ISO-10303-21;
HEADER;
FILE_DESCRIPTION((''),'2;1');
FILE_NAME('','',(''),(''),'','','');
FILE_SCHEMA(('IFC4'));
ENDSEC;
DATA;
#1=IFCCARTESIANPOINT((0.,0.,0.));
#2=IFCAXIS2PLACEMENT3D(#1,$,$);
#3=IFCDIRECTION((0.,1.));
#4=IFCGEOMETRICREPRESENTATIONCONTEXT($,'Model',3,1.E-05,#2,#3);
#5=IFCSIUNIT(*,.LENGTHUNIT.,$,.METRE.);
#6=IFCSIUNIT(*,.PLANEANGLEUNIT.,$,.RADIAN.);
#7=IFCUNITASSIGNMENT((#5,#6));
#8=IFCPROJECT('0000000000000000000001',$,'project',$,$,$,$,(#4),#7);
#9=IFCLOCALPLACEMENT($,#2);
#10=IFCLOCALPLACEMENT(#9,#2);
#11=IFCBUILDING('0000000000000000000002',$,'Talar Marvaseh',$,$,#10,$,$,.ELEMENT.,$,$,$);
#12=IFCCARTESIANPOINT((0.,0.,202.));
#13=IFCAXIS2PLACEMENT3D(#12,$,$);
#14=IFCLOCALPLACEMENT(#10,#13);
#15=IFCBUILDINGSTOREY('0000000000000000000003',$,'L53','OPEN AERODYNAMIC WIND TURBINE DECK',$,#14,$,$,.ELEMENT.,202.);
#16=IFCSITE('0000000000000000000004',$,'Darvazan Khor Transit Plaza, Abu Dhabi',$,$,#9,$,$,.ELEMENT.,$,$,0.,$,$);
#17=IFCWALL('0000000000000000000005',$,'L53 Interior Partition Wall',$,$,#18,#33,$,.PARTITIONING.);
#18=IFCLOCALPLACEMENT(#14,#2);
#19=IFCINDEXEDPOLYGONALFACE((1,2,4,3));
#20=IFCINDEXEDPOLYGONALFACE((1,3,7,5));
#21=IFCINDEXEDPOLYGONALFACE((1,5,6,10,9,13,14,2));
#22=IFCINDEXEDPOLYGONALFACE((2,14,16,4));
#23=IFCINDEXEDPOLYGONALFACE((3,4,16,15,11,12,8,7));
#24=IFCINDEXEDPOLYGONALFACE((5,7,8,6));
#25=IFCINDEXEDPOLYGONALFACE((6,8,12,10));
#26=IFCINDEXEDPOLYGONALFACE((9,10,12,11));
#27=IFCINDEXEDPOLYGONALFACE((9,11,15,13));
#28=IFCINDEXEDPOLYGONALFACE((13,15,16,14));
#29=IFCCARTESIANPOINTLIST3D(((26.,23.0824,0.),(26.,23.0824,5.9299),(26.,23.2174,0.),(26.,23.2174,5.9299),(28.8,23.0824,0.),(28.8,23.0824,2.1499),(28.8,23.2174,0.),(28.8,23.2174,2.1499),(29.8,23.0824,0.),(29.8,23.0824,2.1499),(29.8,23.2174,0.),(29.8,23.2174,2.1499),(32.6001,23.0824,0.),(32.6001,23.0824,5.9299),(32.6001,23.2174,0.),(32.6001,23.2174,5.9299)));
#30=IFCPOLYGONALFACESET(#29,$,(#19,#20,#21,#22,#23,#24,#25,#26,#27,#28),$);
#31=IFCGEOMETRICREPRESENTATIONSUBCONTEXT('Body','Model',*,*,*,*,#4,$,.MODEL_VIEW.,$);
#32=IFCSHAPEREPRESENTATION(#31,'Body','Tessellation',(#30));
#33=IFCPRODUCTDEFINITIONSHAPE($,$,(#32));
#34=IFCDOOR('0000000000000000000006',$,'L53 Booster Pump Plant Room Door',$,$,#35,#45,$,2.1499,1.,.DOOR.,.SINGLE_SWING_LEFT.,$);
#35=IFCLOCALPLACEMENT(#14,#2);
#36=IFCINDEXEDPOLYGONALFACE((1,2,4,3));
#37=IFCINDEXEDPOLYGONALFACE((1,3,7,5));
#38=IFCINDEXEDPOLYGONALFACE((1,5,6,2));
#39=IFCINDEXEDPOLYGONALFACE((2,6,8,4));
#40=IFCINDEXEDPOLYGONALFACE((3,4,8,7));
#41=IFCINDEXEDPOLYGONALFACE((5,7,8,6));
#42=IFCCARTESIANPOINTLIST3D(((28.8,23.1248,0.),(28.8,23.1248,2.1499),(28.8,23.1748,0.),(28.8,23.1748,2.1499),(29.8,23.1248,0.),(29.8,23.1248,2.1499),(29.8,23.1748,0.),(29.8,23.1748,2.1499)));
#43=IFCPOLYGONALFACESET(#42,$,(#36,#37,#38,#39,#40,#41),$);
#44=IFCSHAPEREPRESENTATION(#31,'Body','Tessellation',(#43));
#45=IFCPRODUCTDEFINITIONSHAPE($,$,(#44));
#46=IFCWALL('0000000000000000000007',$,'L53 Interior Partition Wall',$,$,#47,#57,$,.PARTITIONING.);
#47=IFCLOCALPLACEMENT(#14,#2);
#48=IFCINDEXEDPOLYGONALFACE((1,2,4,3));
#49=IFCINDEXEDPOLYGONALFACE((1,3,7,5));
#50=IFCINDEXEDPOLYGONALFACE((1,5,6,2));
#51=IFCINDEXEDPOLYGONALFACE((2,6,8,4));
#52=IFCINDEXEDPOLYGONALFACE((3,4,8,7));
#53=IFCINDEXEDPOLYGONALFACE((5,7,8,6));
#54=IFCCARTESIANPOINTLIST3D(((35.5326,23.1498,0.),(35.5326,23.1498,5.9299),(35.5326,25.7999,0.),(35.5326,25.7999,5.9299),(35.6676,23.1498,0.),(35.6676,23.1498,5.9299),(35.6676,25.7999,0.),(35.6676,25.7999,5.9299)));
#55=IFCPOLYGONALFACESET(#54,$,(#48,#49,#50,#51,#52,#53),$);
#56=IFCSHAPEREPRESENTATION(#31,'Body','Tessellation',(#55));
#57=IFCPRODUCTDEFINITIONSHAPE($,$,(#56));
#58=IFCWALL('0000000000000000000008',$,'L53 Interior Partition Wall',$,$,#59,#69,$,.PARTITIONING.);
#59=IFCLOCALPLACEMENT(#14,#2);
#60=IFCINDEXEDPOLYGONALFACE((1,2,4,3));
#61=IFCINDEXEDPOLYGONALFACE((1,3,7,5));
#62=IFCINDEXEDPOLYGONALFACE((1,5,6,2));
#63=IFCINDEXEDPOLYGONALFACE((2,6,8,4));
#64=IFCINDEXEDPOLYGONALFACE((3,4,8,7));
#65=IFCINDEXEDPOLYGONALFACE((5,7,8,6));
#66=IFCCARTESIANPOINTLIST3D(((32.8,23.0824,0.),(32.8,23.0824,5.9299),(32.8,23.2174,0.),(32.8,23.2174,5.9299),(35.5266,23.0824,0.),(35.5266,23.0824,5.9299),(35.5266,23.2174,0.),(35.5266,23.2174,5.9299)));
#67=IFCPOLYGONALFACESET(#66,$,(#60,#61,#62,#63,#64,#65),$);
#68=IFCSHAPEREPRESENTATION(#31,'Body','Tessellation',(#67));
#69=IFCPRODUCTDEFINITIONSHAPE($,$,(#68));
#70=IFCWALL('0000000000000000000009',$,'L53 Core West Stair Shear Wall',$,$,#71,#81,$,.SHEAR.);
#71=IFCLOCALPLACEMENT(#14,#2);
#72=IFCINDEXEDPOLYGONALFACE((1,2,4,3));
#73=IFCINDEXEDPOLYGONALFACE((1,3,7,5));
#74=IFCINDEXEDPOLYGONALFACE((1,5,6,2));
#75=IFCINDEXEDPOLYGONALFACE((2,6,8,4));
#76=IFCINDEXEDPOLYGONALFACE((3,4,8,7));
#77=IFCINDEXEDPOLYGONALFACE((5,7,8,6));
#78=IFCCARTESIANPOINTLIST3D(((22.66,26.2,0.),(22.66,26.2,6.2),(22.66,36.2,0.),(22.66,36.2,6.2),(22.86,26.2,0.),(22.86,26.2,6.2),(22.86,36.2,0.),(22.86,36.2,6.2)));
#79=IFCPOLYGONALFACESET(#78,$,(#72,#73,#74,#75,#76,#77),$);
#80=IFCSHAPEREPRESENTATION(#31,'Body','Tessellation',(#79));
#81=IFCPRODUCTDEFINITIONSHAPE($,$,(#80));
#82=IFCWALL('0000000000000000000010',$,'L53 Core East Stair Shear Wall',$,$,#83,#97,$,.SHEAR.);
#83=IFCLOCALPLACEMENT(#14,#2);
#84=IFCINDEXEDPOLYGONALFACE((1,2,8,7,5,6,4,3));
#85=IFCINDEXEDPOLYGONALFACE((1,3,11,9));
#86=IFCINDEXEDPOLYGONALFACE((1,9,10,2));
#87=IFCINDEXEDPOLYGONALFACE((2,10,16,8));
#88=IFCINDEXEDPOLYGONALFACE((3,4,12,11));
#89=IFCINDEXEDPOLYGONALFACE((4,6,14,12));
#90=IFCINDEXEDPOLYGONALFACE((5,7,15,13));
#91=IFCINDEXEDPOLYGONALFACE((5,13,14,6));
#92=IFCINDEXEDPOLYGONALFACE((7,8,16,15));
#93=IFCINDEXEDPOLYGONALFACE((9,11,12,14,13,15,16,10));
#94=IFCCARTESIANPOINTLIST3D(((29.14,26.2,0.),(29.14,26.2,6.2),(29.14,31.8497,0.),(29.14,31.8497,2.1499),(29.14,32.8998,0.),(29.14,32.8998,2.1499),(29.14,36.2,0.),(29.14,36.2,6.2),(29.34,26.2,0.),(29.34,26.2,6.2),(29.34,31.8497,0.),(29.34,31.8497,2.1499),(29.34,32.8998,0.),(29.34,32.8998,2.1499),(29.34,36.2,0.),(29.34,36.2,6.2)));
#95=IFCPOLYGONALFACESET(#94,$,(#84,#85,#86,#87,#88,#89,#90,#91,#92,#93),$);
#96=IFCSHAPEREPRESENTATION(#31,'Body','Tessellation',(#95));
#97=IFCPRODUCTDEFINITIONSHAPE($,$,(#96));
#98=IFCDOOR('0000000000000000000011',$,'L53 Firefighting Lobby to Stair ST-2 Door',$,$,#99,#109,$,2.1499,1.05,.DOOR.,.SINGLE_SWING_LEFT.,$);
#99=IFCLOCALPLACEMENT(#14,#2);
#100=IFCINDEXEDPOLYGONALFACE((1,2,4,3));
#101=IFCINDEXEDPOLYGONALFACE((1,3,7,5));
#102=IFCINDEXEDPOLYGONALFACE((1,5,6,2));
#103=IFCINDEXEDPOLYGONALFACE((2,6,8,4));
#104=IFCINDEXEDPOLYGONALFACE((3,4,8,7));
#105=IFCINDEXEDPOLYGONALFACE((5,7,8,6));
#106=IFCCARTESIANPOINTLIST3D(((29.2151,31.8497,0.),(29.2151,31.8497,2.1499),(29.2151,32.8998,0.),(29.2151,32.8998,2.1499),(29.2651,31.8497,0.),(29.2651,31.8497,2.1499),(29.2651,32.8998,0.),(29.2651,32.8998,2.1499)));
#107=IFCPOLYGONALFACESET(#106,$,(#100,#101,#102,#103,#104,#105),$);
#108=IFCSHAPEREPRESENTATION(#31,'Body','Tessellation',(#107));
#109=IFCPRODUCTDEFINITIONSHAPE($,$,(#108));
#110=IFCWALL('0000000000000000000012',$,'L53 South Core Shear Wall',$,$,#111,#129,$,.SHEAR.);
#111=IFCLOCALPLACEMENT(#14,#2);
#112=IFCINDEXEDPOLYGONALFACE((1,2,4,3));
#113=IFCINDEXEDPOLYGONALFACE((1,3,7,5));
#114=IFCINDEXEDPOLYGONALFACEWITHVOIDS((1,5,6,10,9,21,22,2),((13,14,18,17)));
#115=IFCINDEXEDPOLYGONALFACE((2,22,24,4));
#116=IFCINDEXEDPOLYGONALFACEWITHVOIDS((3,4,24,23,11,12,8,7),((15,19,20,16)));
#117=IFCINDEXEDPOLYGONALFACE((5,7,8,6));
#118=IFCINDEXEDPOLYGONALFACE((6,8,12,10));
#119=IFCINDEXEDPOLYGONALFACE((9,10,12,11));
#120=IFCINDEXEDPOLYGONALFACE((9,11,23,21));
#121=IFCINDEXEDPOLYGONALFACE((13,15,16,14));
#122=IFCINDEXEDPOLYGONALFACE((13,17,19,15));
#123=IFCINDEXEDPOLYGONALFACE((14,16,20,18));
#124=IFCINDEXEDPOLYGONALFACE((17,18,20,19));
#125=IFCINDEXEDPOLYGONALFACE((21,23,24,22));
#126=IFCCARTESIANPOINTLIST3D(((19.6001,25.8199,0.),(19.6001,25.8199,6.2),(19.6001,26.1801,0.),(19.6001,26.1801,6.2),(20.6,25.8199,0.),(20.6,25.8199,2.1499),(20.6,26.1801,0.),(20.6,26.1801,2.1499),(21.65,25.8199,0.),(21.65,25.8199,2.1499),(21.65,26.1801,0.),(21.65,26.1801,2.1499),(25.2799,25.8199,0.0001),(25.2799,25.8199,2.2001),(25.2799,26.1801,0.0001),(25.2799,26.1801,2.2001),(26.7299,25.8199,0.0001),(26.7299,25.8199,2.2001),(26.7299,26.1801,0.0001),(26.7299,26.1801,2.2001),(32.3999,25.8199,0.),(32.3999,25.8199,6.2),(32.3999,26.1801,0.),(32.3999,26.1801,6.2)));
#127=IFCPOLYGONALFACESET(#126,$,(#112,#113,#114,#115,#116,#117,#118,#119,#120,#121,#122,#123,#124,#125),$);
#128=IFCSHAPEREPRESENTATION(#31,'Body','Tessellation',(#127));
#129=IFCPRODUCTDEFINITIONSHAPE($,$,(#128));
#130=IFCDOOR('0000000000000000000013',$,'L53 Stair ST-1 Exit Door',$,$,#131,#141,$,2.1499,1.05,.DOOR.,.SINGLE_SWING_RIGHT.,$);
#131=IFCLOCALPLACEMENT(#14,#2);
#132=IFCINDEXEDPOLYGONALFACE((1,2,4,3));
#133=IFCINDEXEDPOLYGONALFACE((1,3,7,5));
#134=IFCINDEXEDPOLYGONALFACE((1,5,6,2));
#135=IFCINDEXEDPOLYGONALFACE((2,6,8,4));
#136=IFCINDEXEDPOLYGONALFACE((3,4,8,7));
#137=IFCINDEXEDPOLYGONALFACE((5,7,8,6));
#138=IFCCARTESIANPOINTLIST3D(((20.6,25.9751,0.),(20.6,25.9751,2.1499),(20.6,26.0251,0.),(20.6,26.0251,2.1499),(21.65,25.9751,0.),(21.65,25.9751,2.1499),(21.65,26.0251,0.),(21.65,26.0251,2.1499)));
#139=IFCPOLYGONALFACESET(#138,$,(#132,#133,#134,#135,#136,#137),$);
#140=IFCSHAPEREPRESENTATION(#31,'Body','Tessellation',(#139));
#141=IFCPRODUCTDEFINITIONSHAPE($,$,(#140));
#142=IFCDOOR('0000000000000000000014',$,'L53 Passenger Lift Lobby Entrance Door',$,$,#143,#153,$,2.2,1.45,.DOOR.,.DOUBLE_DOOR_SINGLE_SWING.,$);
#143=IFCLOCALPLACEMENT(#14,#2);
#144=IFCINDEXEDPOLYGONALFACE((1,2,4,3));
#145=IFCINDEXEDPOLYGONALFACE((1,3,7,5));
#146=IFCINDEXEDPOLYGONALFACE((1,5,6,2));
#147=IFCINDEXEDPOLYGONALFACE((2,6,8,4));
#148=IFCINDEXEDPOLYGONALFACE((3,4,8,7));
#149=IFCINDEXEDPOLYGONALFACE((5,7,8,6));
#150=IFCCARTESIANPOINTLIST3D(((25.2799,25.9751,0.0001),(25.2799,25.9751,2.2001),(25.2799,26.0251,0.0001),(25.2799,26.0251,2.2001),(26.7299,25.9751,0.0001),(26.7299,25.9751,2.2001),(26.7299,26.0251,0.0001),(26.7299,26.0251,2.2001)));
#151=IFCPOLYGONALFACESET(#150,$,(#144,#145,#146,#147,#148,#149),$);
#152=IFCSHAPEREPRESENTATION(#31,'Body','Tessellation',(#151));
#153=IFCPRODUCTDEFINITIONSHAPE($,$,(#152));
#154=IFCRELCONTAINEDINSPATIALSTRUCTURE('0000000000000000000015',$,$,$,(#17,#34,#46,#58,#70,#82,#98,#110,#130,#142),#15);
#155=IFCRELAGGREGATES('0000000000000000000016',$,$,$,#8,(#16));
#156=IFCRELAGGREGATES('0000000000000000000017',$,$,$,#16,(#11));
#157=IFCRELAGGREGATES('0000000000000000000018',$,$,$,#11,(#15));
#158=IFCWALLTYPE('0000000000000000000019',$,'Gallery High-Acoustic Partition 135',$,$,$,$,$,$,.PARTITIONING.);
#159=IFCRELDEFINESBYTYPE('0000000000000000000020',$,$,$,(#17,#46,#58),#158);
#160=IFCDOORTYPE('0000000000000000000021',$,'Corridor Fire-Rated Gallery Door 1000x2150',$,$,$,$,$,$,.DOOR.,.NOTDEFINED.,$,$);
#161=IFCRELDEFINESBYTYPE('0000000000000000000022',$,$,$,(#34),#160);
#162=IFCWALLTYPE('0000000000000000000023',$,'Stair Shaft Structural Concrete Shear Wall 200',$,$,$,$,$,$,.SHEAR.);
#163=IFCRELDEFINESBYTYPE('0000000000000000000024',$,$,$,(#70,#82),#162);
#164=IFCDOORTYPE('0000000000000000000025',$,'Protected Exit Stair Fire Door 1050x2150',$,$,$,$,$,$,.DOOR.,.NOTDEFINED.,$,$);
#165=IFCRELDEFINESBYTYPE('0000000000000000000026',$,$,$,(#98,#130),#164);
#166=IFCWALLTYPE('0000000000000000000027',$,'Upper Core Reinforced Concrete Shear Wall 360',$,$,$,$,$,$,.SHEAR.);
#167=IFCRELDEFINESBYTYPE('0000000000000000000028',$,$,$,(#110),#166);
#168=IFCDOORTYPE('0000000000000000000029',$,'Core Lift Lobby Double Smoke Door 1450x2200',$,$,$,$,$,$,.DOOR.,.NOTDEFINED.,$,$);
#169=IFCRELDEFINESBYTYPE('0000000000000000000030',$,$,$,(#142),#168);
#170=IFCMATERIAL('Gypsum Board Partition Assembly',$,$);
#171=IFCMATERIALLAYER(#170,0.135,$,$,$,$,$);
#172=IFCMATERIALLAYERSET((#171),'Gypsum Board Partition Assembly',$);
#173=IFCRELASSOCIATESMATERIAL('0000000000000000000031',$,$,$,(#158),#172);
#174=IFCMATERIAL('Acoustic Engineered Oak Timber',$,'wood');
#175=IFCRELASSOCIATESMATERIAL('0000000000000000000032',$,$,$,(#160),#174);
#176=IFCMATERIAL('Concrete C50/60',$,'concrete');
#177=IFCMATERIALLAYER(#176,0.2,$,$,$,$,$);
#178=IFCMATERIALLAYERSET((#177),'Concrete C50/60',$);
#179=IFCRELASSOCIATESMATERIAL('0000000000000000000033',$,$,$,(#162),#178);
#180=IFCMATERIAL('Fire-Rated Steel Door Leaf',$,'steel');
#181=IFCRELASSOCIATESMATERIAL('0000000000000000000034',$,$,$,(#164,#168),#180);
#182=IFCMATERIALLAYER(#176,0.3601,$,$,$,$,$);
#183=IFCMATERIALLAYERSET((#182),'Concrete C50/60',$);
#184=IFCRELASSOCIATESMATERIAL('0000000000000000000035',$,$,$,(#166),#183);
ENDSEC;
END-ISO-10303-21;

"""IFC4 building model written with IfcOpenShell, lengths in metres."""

from ifc_helpers import new_model, si_unit, direction, frame, frame_2d, origin, place, context, subcontext, project, spatial, rectangle, extrude, source, transform, mapped, material, layer, layer_set, type_object, type_shapes, element, fill, save


model = new_model("IFC4")

# Units and contexts
model_context = context("Model", 3, precision=1e-05, world=origin(), true_north=direction((0.0, 1.0)))
body_context = subcontext(model_context, "Body", "Model", "MODEL_VIEW")
ifc_project = project(units=[si_unit("LENGTHUNIT", "METRE"), si_unit("PLANEANGLEUNIT", "RADIAN")], contexts=[model_context])

# Site, building, storey
site_placement = place(None, origin())
site = spatial("IfcSite", under=ifc_project, at=site_placement, Name="Darvazan Khor Transit Plaza, Abu Dhabi", CompositionType="ELEMENT", RefElevation=0.0)
building_placement = place(site_placement, origin())
building = spatial("IfcBuilding", under=site, at=building_placement, Name="Talar Marvaseh", CompositionType="ELEMENT")
storey_placement = place(building_placement, frame((0.0, 0.0, 202.0)))
storey = spatial("IfcBuildingStorey", under=building, at=storey_placement, Name="L53", Description="OPEN AERODYNAMIC WIND TURBINE DECK", CompositionType="ELEMENT", Elevation=202.0)

# Wall, opening, door
ifc_material_1 = material(Name="Gypsum Board Partition Assembly")
ifc_layer_1 = layer(ifc_material_1, 0.135)
ifc_layer_set_1 = layer_set([ifc_layer_1], Name="Gypsum Board Partition Assembly")
wall_type_1 = type_object("IfcWallType", Name="Gallery High-Acoustic Partition 135", PredefinedType="PARTITIONING", material=ifc_layer_set_1)
wall_1_placement = place(storey_placement, frame((26.0, 23.1499, 0.0), z_axis=(0.0, 0.0, 1.0), x_axis=(1.0, 0.0, 0.0)))
wall_1 = element("IfcWall", 1, at=wall_1_placement, inside=storey, type_object=wall_type_1, Name="L53 Interior Partition Wall", PredefinedType="PARTITIONING", context=body_context, shape_type="SweptSolid", body=[
    extrude(rectangle(XDim=6.6001, YDim=0.135, at=frame_2d((3.3, 0.0))), origin(), (0.0, 0.0, 1.0), 5.9299),
])
opening_1_placement = place(wall_1_placement, frame((2.8, 0.0, 0.0)))
opening_1 = element("IfcOpeningElement", 2, at=opening_1_placement, cuts=wall_1, PredefinedType="OPENING", context=body_context, shape_type="SweptSolid", body=[
    extrude(rectangle(XDim=1.0, YDim=2.1499, at=frame_2d((0.5, 1.075))), frame((0.0, 0.0776, 0.0), z_axis=(0.0, -1.0, 0.0), x_axis=(1.0, 0.0, 0.0)), (0.0, 0.0, 1.0), 0.155),
])
ifc_material_2 = material(Name="Acoustic Engineered Oak Timber", Category="wood")
door_type_1 = type_object("IfcDoorType", Name="Corridor Fire-Rated Gallery Door 1000x2150", OperationType="NOTDEFINED", PredefinedType="DOOR", material=ifc_material_2)
shared_shape_1 = source(origin(), body_context, "Body", "SweptSolid", [
    extrude(rectangle(XDim=1.0, YDim=2.1499, at=frame_2d((0.5, 1.075))), frame((0.0, 0.0249, 0.0), z_axis=(0.0, -1.0, 0.0), x_axis=(1.0, 0.0, 0.0)), (0.0, 0.0, 1.0), 0.05),
])
type_shapes(door_type_1, [shared_shape_1])
door_1_placement = place(opening_1_placement, origin())
door_1 = element("IfcDoor", 3, at=door_1_placement, inside=storey, type_object=door_type_1, Name="L53 Booster Pump Plant Room Door", OperationType="SINGLE_SWING_LEFT", OverallHeight=2.1499, OverallWidth=1.0, PredefinedType="DOOR", context=body_context, shape_type="MappedRepresentation", body=[
    mapped(shared_shape_1, transform((0.0, 0.0, 0.0), x_axis=(1.0, 0.0, 0.0), y_axis=(0.0, 1.0, 0.0), z_axis=(0.0, 0.0, 1.0), scale=1.0)),
])
fill(opening_1, door_1)

# Walls
wall_2_placement = place(storey_placement, frame((35.6001, 25.8, 0.0), z_axis=(0.0, 0.0, 1.0), x_axis=(0.0, -1.0, 0.0)))
element("IfcWall", 4, at=wall_2_placement, inside=storey, type_object=wall_type_1, Name="L53 Interior Partition Wall", PredefinedType="PARTITIONING", context=body_context, shape_type="SweptSolid", body=[
    extrude(rectangle(XDim=2.6501, YDim=0.135, at=frame_2d((1.3252, 0.0))), origin(), (0.0, 0.0, 1.0), 5.9299),
])
wall_3_placement = place(storey_placement, frame((35.5266, 23.1499, 0.0), z_axis=(0.0, 0.0, 1.0), x_axis=(-1.0, 0.0, 0.0)))
element("IfcWall", 5, at=wall_3_placement, inside=storey, type_object=wall_type_1, Name="L53 Interior Partition Wall", PredefinedType="PARTITIONING", context=body_context, shape_type="SweptSolid", body=[
    extrude(rectangle(XDim=2.7266, YDim=0.135, at=frame_2d((1.3633, 0.0))), origin(), (0.0, 0.0, 1.0), 5.9299),
])
ifc_material_3 = material(Name="Concrete C50/60", Category="concrete")
ifc_layer_2 = layer(ifc_material_3, 0.2)
ifc_layer_set_2 = layer_set([ifc_layer_2], Name="Concrete C50/60")
wall_type_2 = type_object("IfcWallType", Name="Stair Shaft Structural Concrete Shear Wall 200", PredefinedType="SHEAR", material=ifc_layer_set_2)
wall_4_placement = place(storey_placement, frame((22.76, 26.2, 0.0), z_axis=(0.0, 0.0, 1.0), x_axis=(0.0, 1.0, 0.0)))
element("IfcWall", 6, at=wall_4_placement, inside=storey, type_object=wall_type_2, Name="L53 Core West Stair Shear Wall", PredefinedType="SHEAR", context=body_context, shape_type="SweptSolid", body=[
    extrude(rectangle(XDim=10.0, YDim=0.2, at=frame_2d((5.0, 0.0))), origin(), (0.0, 0.0, 1.0), 6.2),
])

# Wall, opening, door
wall_5_placement = place(storey_placement, frame((29.24, 26.2, 0.0), z_axis=(0.0, 0.0, 1.0), x_axis=(0.0, 1.0, 0.0)))
wall_5 = element("IfcWall", 7, at=wall_5_placement, inside=storey, type_object=wall_type_2, Name="L53 Core East Stair Shear Wall", PredefinedType="SHEAR", context=body_context, shape_type="SweptSolid", body=[
    extrude(rectangle(XDim=10.0, YDim=0.2, at=frame_2d((5.0, 0.0))), origin(), (0.0, 0.0, 1.0), 6.2),
])
opening_2_placement = place(wall_5_placement, frame((5.6499, 0.0, 0.0)))
opening_2 = element("IfcOpeningElement", 8, at=opening_2_placement, cuts=wall_5, PredefinedType="OPENING", context=body_context, shape_type="SweptSolid", body=[
    extrude(rectangle(XDim=1.05, YDim=2.1499, at=frame_2d((0.5249, 1.075))), frame((0.0, 0.1099, 0.0), z_axis=(0.0, -1.0, 0.0), x_axis=(1.0, 0.0, 0.0)), (0.0, 0.0, 1.0), 0.22),
])
ifc_material_4 = material(Name="Fire-Rated Steel Door Leaf", Category="steel")
door_type_2 = type_object("IfcDoorType", Name="Protected Exit Stair Fire Door 1050x2150", OperationType="NOTDEFINED", PredefinedType="DOOR", material=ifc_material_4)
shared_shape_2 = source(origin(), body_context, "Body", "SweptSolid", [
    extrude(rectangle(XDim=1.05, YDim=2.1499, at=frame_2d((0.5249, 1.075))), frame((0.0, 0.0249, 0.0), z_axis=(0.0, -1.0, 0.0), x_axis=(1.0, 0.0, 0.0)), (0.0, 0.0, 1.0), 0.05),
])
type_shapes(door_type_2, [shared_shape_2])
door_2_placement = place(opening_2_placement, origin())
door_2 = element("IfcDoor", 9, at=door_2_placement, inside=storey, type_object=door_type_2, Name="L53 Firefighting Lobby to Stair ST-2 Door", OperationType="SINGLE_SWING_LEFT", OverallHeight=2.1499, OverallWidth=1.05, PredefinedType="DOOR", context=body_context, shape_type="MappedRepresentation", body=[
    mapped(shared_shape_2, transform((0.0, 0.0, 0.0), x_axis=(1.0, 0.0, 0.0), y_axis=(0.0, 1.0, 0.0), z_axis=(0.0, 0.0, 1.0), scale=1.0)),
])
fill(opening_2, door_2)

# Wall, openings, doors
ifc_layer_3 = layer(ifc_material_3, 0.3601)
ifc_layer_set_3 = layer_set([ifc_layer_3], Name="Concrete C50/60")
wall_type_3 = type_object("IfcWallType", Name="Upper Core Reinforced Concrete Shear Wall 360", PredefinedType="SHEAR", material=ifc_layer_set_3)
wall_6_placement = place(storey_placement, frame((32.3999, 26.0, 0.0), z_axis=(0.0, 0.0, 1.0), x_axis=(-1.0, 0.0, 0.0)))
wall_6 = element("IfcWall", 10, at=wall_6_placement, inside=storey, type_object=wall_type_3, Name="L53 South Core Shear Wall", PredefinedType="SHEAR", context=body_context, shape_type="SweptSolid", body=[
    extrude(rectangle(XDim=12.7998, YDim=0.3601, at=frame_2d((6.3999, 0.0))), origin(), (0.0, 0.0, 1.0), 6.2),
])
opening_3_placement = place(wall_6_placement, frame((10.75, 0.0, 0.0)))
opening_3 = element("IfcOpeningElement", 11, at=opening_3_placement, cuts=wall_6, PredefinedType="OPENING", context=body_context, shape_type="SweptSolid", body=[
    extrude(rectangle(XDim=1.05, YDim=2.1499, at=frame_2d((0.5249, 1.075))), frame((0.0, 0.1899, 0.0), z_axis=(0.0, -1.0, 0.0), x_axis=(1.0, 0.0, 0.0)), (0.0, 0.0, 1.0), 0.3801),
])
opening_4_placement = place(wall_6_placement, frame((5.6699, 0.0, 0.0)))
opening_4 = element("IfcOpeningElement", 12, at=opening_4_placement, cuts=wall_6, PredefinedType="OPENING", context=body_context, shape_type="SweptSolid", body=[
    extrude(rectangle(XDim=1.45, YDim=2.2, at=frame_2d((0.7251, 1.1001))), frame((0.0, 0.1899, 0.0), z_axis=(0.0, -1.0, 0.0), x_axis=(1.0, 0.0, 0.0)), (0.0, 0.0, 1.0), 0.3801),
])
door_3_placement = place(opening_3_placement, origin())
door_3 = element("IfcDoor", 13, at=door_3_placement, inside=storey, type_object=door_type_2, Name="L53 Stair ST-1 Exit Door", OperationType="SINGLE_SWING_RIGHT", OverallHeight=2.1499, OverallWidth=1.05, PredefinedType="DOOR", context=body_context, shape_type="MappedRepresentation", body=[
    mapped(shared_shape_2, transform((0.0, 0.0, 0.0), x_axis=(1.0, 0.0, 0.0), y_axis=(0.0, 1.0, 0.0), z_axis=(0.0, 0.0, 1.0), scale=1.0)),
])
fill(opening_3, door_3)
door_type_3 = type_object("IfcDoorType", Name="Core Lift Lobby Double Smoke Door 1450x2200", OperationType="NOTDEFINED", PredefinedType="DOOR", material=ifc_material_4)
shared_shape_3 = source(origin(), body_context, "Body", "SweptSolid", [
    extrude(rectangle(XDim=1.45, YDim=2.2, at=frame_2d((0.7251, 1.1001))), frame((0.0, 0.0249, 0.0), z_axis=(0.0, -1.0, 0.0), x_axis=(1.0, 0.0, 0.0)), (0.0, 0.0, 1.0), 0.05),
])
type_shapes(door_type_3, [shared_shape_3])
door_4_placement = place(opening_4_placement, origin())
door_4 = element("IfcDoor", 14, at=door_4_placement, inside=storey, type_object=door_type_3, Name="L53 Passenger Lift Lobby Entrance Door", OperationType="DOUBLE_DOOR_SINGLE_SWING", OverallHeight=2.2, OverallWidth=1.45, PredefinedType="DOOR", context=body_context, shape_type="MappedRepresentation", body=[
    mapped(shared_shape_3, transform((0.0, 0.0, 0.0), x_axis=(1.0, 0.0, 0.0), y_axis=(0.0, 1.0, 0.0), z_axis=(0.0, 0.0, 1.0), scale=1.0)),
])
fill(opening_4, door_4)

save(model, "model.ifc")
